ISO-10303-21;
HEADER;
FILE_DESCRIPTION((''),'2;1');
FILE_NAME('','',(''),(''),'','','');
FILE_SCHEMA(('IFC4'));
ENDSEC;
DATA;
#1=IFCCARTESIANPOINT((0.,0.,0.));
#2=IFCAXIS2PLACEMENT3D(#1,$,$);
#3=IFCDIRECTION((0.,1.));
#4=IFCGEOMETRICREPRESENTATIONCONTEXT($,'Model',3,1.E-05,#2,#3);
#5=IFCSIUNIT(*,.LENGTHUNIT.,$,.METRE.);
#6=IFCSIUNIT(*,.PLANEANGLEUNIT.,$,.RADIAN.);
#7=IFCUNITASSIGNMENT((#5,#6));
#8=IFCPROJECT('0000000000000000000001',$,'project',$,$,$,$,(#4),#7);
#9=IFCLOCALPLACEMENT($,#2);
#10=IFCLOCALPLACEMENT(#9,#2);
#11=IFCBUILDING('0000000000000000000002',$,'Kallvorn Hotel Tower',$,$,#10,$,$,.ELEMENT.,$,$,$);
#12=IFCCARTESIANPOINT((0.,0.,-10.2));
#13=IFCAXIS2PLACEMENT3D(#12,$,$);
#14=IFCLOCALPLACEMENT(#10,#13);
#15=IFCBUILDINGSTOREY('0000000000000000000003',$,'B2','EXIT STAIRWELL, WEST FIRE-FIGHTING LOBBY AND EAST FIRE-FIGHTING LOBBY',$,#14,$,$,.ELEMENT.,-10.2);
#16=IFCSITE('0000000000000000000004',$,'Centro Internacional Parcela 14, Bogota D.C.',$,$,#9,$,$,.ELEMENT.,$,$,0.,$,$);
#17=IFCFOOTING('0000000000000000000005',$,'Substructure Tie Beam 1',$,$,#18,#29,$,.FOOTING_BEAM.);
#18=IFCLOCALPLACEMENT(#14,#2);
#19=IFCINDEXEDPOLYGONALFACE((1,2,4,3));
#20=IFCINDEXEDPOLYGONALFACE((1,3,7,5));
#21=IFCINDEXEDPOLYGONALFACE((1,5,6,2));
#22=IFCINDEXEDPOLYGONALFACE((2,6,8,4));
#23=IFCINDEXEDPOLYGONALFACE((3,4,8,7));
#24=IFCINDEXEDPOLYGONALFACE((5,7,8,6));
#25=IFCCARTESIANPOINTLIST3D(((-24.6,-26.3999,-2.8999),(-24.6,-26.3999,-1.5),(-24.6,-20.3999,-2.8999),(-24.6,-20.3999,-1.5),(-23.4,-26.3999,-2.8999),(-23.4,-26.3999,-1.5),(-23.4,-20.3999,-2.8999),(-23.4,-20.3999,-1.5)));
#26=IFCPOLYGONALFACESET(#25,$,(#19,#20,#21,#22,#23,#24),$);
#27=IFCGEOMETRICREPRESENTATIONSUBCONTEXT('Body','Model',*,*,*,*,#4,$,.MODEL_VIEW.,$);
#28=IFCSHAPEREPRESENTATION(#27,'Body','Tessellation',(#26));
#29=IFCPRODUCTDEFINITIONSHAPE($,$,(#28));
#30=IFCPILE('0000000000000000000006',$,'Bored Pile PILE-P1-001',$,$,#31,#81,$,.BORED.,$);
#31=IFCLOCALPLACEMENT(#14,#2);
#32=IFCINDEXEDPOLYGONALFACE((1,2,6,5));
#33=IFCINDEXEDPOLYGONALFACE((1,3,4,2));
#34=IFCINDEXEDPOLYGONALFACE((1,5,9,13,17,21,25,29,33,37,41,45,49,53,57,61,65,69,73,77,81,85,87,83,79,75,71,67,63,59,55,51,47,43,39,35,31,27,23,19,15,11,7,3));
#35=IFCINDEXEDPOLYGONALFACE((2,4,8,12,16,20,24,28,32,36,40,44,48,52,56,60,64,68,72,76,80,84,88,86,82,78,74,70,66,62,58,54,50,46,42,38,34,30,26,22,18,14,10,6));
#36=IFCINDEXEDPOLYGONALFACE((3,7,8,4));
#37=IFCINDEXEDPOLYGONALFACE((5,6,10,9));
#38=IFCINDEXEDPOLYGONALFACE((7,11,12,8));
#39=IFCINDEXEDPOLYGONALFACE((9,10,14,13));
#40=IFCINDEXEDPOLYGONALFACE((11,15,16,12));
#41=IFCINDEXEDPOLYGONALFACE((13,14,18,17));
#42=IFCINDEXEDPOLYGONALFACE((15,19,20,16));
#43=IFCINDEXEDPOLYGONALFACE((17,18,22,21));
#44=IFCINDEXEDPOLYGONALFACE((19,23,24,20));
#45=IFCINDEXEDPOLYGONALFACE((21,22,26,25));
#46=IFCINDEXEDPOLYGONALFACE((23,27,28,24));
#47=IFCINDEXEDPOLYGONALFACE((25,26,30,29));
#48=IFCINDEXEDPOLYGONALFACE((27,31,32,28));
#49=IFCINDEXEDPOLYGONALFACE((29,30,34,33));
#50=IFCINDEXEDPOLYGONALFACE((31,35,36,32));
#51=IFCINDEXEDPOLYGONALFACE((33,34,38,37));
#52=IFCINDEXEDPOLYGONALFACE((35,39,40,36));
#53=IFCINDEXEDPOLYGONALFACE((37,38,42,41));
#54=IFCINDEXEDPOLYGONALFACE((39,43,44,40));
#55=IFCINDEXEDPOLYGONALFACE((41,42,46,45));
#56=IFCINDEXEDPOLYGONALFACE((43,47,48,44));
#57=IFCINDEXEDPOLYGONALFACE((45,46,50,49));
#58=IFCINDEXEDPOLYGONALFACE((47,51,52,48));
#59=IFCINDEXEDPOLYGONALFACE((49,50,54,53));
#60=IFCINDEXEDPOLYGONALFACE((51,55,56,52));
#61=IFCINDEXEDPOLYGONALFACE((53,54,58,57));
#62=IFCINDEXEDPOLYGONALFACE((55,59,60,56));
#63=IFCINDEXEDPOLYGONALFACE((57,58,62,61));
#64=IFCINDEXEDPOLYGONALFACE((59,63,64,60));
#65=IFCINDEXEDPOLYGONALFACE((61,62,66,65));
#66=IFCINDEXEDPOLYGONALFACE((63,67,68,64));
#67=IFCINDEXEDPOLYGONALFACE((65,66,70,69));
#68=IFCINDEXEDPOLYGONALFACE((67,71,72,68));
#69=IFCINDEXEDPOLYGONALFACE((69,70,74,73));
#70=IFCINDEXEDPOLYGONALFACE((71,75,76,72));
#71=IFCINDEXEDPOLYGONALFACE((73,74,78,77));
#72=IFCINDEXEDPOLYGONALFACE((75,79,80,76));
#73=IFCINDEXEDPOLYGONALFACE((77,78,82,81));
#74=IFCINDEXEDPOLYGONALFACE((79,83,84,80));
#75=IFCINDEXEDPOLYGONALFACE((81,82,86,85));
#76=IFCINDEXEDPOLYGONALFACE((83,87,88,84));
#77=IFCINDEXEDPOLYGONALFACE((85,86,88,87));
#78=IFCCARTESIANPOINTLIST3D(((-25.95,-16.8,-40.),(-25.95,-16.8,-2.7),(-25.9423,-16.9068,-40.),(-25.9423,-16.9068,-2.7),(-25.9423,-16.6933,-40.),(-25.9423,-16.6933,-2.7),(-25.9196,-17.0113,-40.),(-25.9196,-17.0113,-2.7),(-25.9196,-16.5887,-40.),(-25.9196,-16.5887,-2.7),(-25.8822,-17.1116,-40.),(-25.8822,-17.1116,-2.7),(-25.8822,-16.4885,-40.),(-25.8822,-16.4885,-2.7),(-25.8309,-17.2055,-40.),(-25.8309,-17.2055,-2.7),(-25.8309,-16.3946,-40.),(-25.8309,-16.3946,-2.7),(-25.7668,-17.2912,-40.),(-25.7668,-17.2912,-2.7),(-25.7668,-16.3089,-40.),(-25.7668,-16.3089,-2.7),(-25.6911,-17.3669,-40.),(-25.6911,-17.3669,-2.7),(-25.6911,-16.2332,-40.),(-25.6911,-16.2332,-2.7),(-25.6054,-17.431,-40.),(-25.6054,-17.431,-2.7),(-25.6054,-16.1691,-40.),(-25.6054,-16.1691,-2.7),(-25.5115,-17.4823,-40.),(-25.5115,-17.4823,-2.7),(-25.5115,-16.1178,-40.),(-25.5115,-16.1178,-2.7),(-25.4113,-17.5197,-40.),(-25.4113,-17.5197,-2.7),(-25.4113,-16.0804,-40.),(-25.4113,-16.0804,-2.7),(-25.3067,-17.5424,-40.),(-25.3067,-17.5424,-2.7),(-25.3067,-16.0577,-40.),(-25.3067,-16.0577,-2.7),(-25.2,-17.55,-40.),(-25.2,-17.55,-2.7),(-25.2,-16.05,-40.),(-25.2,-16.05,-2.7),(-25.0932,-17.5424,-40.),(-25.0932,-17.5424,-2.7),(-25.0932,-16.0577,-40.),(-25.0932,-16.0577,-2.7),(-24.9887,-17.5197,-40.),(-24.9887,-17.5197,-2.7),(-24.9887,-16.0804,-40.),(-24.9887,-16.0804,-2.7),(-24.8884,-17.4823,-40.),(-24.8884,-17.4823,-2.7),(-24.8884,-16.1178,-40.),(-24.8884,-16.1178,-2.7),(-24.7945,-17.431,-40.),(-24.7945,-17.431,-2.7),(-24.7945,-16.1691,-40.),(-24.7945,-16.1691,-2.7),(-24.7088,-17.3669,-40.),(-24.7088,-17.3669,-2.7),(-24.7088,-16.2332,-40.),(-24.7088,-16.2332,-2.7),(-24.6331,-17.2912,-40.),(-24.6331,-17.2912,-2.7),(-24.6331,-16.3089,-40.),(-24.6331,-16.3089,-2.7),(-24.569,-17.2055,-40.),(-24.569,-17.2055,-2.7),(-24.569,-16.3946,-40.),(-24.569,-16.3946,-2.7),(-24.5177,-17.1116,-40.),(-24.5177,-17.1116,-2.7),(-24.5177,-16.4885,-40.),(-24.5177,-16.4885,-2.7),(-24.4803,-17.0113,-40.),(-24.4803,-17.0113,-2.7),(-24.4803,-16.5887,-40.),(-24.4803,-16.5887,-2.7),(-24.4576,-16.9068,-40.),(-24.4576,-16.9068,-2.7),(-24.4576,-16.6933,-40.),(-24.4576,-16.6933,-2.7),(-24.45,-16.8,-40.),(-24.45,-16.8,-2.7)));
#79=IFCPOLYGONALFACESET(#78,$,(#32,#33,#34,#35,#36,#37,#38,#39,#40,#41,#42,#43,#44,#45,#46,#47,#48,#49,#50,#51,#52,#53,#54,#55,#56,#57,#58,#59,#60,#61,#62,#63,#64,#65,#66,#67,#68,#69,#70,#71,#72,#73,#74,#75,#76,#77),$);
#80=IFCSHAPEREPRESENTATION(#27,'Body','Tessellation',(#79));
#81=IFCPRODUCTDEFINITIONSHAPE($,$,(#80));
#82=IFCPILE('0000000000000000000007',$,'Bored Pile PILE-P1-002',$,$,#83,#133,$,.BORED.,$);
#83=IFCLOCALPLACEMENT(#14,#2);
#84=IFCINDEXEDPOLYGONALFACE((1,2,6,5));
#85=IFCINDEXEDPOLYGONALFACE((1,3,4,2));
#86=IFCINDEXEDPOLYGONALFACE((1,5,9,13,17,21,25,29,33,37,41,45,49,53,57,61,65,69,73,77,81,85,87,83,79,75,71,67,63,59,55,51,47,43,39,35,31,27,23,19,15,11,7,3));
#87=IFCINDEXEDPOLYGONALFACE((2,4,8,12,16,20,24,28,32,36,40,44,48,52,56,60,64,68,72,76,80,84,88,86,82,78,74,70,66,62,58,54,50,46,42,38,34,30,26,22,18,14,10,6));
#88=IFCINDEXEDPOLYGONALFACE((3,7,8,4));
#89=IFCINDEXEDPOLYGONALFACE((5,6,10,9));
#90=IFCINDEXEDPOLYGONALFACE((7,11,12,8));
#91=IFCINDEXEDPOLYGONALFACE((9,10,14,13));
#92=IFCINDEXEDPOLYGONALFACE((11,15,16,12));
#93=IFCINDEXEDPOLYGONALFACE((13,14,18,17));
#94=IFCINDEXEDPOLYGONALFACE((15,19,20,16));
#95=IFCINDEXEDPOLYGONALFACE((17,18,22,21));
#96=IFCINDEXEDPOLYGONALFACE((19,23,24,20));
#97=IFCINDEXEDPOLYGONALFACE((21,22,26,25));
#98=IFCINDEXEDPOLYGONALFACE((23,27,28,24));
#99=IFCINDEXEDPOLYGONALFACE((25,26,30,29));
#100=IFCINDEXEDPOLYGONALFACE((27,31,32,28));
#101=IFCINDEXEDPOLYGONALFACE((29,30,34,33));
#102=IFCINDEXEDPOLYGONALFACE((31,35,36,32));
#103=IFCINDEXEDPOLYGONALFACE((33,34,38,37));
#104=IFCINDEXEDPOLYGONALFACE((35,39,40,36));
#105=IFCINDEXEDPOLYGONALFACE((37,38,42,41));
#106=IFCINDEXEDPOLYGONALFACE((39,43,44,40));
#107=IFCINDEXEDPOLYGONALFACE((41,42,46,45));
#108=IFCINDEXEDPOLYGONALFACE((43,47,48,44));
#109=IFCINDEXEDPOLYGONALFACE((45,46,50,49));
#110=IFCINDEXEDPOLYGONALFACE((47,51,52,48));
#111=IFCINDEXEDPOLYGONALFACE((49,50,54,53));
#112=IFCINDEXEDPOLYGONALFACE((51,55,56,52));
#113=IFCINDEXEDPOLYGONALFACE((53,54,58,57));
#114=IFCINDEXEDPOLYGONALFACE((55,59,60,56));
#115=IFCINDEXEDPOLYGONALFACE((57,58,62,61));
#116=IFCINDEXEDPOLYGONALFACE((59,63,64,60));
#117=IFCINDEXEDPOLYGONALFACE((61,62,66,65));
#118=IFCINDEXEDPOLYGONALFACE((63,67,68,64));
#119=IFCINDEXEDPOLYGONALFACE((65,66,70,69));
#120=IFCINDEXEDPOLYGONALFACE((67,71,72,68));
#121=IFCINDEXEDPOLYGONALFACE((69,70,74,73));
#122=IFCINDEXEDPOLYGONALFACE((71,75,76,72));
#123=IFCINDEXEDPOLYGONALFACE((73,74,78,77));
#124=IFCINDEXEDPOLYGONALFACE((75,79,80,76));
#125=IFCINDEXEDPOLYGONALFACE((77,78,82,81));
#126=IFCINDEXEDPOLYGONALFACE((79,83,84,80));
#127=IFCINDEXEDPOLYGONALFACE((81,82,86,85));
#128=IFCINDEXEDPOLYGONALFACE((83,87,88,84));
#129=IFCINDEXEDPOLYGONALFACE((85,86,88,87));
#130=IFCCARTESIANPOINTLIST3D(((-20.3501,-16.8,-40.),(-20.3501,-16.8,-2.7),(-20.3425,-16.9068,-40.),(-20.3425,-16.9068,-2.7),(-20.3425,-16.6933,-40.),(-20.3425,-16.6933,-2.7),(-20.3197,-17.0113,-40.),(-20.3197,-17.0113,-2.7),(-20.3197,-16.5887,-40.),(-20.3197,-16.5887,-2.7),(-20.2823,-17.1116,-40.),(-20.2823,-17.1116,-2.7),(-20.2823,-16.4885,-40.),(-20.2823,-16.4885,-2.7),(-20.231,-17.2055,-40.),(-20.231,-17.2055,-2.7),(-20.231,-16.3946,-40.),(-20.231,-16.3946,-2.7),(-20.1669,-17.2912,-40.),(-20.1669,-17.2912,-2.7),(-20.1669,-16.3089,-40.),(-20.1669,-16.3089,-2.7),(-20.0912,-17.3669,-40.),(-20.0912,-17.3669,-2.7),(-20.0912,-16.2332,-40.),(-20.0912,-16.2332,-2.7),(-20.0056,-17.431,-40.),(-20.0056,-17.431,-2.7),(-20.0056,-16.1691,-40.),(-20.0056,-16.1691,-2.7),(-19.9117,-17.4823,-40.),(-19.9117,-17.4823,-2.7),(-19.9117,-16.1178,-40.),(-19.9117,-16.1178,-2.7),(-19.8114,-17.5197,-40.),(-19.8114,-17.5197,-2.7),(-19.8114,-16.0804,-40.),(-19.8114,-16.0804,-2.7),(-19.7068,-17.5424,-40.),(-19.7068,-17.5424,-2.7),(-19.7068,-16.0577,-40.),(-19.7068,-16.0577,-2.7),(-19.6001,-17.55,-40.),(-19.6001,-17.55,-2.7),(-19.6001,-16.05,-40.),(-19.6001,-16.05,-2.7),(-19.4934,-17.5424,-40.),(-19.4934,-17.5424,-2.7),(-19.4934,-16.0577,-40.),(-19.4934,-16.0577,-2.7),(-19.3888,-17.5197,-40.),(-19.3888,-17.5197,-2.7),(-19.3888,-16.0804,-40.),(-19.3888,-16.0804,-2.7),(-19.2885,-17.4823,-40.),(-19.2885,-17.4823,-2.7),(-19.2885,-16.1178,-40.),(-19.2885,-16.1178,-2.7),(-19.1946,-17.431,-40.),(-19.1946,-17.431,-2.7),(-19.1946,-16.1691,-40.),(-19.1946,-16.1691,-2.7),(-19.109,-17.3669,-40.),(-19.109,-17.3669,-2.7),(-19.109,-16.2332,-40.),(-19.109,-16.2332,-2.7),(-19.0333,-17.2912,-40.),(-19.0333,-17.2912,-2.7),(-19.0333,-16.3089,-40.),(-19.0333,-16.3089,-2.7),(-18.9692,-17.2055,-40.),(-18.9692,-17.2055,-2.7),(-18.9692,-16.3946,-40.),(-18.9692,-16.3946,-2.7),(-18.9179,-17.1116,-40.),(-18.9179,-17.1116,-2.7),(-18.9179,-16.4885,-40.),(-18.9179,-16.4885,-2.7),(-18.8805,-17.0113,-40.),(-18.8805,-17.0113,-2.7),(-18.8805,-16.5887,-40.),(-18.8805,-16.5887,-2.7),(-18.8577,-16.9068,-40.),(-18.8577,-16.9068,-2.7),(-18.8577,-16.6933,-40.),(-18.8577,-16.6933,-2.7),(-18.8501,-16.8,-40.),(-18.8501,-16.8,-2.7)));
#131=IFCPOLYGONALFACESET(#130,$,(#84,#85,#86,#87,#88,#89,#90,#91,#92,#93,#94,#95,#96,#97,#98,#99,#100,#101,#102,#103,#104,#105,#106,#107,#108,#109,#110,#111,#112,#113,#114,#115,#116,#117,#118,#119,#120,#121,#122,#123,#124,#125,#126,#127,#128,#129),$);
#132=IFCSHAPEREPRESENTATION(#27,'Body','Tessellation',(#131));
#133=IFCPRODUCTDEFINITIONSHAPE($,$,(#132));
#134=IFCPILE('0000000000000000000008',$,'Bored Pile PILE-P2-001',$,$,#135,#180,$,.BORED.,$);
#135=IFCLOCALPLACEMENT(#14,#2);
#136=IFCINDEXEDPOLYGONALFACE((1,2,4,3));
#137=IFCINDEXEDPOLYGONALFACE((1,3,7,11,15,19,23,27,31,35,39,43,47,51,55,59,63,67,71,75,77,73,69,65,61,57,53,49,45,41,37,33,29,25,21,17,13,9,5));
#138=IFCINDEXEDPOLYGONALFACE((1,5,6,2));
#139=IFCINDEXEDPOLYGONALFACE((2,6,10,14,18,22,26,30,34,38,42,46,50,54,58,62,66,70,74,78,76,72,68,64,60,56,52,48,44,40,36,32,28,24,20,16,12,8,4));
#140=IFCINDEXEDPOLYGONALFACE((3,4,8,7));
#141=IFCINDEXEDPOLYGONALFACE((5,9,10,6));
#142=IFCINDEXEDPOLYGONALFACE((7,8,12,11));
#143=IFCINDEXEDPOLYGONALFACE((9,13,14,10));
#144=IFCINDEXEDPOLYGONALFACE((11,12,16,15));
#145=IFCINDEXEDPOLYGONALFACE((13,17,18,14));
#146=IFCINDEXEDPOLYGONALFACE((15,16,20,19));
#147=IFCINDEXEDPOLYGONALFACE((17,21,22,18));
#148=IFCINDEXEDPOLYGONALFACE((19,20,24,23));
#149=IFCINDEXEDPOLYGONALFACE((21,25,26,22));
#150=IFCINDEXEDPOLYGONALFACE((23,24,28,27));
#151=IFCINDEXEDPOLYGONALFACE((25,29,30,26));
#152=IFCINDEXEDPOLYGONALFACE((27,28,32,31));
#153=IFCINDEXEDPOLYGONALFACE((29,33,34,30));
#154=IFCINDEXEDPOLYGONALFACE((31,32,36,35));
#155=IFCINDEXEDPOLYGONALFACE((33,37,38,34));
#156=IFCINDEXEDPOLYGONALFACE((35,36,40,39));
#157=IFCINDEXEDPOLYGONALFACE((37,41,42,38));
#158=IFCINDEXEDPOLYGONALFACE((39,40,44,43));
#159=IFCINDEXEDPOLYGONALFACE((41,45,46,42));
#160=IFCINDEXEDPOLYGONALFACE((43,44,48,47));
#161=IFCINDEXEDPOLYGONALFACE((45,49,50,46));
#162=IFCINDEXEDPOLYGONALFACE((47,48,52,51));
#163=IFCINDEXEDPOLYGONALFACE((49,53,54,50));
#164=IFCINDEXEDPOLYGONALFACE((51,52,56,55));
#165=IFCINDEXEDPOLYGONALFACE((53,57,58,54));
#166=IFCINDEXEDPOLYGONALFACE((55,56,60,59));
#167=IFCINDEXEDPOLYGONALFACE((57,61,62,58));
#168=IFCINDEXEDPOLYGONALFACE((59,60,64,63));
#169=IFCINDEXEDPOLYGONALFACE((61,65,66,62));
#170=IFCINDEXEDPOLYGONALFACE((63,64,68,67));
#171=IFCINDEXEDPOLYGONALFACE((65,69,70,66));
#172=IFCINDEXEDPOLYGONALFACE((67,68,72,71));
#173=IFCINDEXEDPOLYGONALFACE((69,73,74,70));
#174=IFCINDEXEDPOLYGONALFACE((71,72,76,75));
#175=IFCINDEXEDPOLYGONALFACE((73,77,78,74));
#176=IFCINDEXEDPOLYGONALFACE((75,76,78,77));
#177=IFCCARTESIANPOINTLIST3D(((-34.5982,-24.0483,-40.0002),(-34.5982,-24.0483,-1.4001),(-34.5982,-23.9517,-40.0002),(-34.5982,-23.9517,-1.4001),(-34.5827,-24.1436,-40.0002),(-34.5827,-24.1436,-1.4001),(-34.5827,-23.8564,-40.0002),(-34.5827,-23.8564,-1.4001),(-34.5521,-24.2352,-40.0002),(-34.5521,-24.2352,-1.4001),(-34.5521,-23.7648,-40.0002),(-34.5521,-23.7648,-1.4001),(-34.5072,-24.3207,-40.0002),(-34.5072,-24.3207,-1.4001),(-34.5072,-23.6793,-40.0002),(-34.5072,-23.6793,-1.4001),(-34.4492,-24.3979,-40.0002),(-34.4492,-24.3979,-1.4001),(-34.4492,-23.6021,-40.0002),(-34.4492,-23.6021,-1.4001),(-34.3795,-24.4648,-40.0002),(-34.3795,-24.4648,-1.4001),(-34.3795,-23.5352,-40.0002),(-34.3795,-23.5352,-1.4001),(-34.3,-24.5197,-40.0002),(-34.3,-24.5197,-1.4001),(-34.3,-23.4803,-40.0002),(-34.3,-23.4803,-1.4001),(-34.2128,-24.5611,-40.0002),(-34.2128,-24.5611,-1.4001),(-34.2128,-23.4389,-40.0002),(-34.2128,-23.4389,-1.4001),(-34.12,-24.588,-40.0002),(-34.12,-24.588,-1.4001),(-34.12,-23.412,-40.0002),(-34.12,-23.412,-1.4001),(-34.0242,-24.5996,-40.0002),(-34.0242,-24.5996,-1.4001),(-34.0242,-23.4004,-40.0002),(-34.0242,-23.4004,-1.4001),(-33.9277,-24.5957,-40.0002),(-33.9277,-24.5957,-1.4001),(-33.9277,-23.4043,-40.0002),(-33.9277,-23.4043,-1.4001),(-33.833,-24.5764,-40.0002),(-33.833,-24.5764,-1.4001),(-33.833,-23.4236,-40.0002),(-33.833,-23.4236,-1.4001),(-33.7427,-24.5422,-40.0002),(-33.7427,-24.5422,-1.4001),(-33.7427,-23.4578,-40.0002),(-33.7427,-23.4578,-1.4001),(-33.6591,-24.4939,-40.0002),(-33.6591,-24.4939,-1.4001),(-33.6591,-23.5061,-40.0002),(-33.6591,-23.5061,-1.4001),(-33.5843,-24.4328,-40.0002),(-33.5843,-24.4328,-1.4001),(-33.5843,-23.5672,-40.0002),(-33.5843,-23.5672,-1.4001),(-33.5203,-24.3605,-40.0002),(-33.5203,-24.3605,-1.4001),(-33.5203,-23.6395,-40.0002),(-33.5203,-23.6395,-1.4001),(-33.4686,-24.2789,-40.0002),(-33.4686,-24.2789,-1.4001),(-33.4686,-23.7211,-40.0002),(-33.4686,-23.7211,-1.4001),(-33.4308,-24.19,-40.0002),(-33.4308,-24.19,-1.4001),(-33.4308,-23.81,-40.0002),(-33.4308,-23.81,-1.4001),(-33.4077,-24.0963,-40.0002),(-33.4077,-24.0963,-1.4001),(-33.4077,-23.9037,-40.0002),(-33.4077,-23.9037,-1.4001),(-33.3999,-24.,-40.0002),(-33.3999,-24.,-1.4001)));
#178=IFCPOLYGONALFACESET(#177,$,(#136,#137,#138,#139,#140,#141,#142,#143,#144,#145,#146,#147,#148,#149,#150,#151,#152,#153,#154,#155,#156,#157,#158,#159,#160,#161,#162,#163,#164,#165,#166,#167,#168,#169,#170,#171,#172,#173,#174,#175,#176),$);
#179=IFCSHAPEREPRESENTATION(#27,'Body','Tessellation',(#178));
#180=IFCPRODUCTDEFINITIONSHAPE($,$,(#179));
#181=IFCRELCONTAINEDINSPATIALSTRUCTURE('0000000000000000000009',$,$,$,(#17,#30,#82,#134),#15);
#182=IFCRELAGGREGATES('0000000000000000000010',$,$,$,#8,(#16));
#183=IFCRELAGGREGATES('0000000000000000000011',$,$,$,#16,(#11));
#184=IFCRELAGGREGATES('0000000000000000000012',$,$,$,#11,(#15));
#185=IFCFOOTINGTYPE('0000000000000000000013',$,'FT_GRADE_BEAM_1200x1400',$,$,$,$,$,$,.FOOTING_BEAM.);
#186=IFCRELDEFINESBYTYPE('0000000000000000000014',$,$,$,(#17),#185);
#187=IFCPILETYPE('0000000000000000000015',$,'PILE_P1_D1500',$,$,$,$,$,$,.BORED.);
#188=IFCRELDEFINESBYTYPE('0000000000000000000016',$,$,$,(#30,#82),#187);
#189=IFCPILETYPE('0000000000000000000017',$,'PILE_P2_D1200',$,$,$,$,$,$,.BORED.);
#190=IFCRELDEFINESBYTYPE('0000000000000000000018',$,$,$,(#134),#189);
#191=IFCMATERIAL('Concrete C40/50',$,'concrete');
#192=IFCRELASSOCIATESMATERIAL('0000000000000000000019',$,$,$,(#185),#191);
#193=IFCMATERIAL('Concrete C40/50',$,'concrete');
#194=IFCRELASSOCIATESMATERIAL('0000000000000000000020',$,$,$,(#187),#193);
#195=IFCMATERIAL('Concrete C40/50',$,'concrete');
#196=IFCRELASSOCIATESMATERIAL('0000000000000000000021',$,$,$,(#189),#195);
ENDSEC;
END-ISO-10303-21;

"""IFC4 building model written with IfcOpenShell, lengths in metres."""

from ifc_helpers import new_model, si_unit, direction, frame, origin, origin_2d, place, context, subcontext, project, spatial, rectangle, circle, extrude, material, material_profile, profile_set, type_object, element, save


model = new_model("IFC4")

# Units and contexts
model_context = context("Model", 3, precision=1e-05, world=origin(), true_north=direction((0.0, 1.0)))
body_context = subcontext(model_context, "Body", "Model", "MODEL_VIEW")
ifc_project = project(units=[si_unit("LENGTHUNIT", "METRE"), si_unit("PLANEANGLEUNIT", "RADIAN")], contexts=[model_context])

# Site, building, storey
site_placement = place(None, origin())
site = spatial("IfcSite", under=ifc_project, at=site_placement, Name="Centro Internacional Parcela 14, Bogota D.C.", CompositionType="ELEMENT", RefElevation=0.0)
building_placement = place(site_placement, origin())
building = spatial("IfcBuilding", under=site, at=building_placement, Name="Kallvorn Hotel Tower", CompositionType="ELEMENT")
storey_placement = place(building_placement, frame((0.0, 0.0, -10.2)))
storey = spatial("IfcBuildingStorey", under=building, at=storey_placement, Name="B2", Description="EXIT STAIRWELL, WEST FIRE-FIGHTING LOBBY AND EAST FIRE-FIGHTING LOBBY", CompositionType="ELEMENT", Elevation=-10.2)

# Footing
ifc_material_1 = material(Name="Concrete C40/50", Category="concrete")
ifc_material_profile_1 = material_profile(ifc_material_1, rectangle(XDim=1.2, YDim=1.3999, at=origin_2d()), Name="RC 1200x1400")
ifc_profile_set_1 = profile_set([ifc_material_profile_1], Name="Concrete C40/50")
footing_type = type_object("IfcFootingType", Name="FT_GRADE_BEAM_1200x1400", PredefinedType="FOOTING_BEAM", material=ifc_profile_set_1)
footing_placement = place(storey_placement, frame((-24.0, -26.3999, -2.2), z_axis=(0.0, 1.0, 0.0), x_axis=(-1.0, 0.0, 0.0)))
element("IfcFooting", 1, at=footing_placement, inside=storey, type_object=footing_type, Name="Substructure Tie Beam 1", PredefinedType="FOOTING_BEAM", context=body_context, shape_type="SweptSolid", body=[
    extrude(rectangle(XDim=1.2, YDim=1.3999, at=origin_2d()), origin(), (0.0, 0.0, 1.0), 6.0),
])

# Piles
ifc_material_2 = material(Name="Concrete C40/50", Category="concrete")
ifc_material_profile_2 = material_profile(ifc_material_2, circle(Radius=0.75, at=origin_2d()), Name="PILE D1500")
ifc_profile_set_2 = profile_set([ifc_material_profile_2], Name="Concrete C40/50")
pile_type_1 = type_object("IfcPileType", Name="PILE_P1_D1500", PredefinedType="BORED", material=ifc_profile_set_2)
for number, where, z_axis, x_axis, name in (
    (2, (-25.2, -16.8, -2.7), (0.0, 0.0, -1.0), (1.0, 0.0, 0.0), "Bored Pile PILE-P1-001"),
    (3, (-19.6001, -16.8, -2.7), (0.0, 0.0, -1.0), (1.0, 0.0, 0.0), "Bored Pile PILE-P1-002"),
):
    element("IfcPile", number, at=place(storey_placement, frame(where, z_axis=z_axis, x_axis=x_axis)), inside=storey, type_object=pile_type_1, Name=name, PredefinedType="BORED", context=body_context, shape_type="SweptSolid", body=[
        extrude(circle(Radius=0.75, at=origin_2d()), origin(), (0.0, 0.0, 1.0), 37.3),
    ])
ifc_material_3 = material(Name="Concrete C40/50", Category="concrete")
ifc_material_profile_3 = material_profile(ifc_material_3, circle(Radius=0.6001, at=origin_2d()), Name="PILE D1200")
ifc_profile_set_3 = profile_set([ifc_material_profile_3], Name="Concrete C40/50")
pile_type_2 = type_object("IfcPileType", Name="PILE_P2_D1200", PredefinedType="BORED", material=ifc_profile_set_3)
for number, where, z_axis, x_axis, name in (
    (4, (-34.0, -24.0, -1.4001), (0.0, 0.0, -1.0), (1.0, 0.0, 0.0), "Bored Pile PILE-P2-001"),
):
    element("IfcPile", number, at=place(storey_placement, frame(where, z_axis=z_axis, x_axis=x_axis)), inside=storey, type_object=pile_type_2, Name=name, PredefinedType="BORED", context=body_context, shape_type="SweptSolid", body=[
        extrude(circle(Radius=0.6001, at=origin_2d()), origin(), (0.0, 0.0, 1.0), 38.6001),
    ])

save(model, "model.ifc")
